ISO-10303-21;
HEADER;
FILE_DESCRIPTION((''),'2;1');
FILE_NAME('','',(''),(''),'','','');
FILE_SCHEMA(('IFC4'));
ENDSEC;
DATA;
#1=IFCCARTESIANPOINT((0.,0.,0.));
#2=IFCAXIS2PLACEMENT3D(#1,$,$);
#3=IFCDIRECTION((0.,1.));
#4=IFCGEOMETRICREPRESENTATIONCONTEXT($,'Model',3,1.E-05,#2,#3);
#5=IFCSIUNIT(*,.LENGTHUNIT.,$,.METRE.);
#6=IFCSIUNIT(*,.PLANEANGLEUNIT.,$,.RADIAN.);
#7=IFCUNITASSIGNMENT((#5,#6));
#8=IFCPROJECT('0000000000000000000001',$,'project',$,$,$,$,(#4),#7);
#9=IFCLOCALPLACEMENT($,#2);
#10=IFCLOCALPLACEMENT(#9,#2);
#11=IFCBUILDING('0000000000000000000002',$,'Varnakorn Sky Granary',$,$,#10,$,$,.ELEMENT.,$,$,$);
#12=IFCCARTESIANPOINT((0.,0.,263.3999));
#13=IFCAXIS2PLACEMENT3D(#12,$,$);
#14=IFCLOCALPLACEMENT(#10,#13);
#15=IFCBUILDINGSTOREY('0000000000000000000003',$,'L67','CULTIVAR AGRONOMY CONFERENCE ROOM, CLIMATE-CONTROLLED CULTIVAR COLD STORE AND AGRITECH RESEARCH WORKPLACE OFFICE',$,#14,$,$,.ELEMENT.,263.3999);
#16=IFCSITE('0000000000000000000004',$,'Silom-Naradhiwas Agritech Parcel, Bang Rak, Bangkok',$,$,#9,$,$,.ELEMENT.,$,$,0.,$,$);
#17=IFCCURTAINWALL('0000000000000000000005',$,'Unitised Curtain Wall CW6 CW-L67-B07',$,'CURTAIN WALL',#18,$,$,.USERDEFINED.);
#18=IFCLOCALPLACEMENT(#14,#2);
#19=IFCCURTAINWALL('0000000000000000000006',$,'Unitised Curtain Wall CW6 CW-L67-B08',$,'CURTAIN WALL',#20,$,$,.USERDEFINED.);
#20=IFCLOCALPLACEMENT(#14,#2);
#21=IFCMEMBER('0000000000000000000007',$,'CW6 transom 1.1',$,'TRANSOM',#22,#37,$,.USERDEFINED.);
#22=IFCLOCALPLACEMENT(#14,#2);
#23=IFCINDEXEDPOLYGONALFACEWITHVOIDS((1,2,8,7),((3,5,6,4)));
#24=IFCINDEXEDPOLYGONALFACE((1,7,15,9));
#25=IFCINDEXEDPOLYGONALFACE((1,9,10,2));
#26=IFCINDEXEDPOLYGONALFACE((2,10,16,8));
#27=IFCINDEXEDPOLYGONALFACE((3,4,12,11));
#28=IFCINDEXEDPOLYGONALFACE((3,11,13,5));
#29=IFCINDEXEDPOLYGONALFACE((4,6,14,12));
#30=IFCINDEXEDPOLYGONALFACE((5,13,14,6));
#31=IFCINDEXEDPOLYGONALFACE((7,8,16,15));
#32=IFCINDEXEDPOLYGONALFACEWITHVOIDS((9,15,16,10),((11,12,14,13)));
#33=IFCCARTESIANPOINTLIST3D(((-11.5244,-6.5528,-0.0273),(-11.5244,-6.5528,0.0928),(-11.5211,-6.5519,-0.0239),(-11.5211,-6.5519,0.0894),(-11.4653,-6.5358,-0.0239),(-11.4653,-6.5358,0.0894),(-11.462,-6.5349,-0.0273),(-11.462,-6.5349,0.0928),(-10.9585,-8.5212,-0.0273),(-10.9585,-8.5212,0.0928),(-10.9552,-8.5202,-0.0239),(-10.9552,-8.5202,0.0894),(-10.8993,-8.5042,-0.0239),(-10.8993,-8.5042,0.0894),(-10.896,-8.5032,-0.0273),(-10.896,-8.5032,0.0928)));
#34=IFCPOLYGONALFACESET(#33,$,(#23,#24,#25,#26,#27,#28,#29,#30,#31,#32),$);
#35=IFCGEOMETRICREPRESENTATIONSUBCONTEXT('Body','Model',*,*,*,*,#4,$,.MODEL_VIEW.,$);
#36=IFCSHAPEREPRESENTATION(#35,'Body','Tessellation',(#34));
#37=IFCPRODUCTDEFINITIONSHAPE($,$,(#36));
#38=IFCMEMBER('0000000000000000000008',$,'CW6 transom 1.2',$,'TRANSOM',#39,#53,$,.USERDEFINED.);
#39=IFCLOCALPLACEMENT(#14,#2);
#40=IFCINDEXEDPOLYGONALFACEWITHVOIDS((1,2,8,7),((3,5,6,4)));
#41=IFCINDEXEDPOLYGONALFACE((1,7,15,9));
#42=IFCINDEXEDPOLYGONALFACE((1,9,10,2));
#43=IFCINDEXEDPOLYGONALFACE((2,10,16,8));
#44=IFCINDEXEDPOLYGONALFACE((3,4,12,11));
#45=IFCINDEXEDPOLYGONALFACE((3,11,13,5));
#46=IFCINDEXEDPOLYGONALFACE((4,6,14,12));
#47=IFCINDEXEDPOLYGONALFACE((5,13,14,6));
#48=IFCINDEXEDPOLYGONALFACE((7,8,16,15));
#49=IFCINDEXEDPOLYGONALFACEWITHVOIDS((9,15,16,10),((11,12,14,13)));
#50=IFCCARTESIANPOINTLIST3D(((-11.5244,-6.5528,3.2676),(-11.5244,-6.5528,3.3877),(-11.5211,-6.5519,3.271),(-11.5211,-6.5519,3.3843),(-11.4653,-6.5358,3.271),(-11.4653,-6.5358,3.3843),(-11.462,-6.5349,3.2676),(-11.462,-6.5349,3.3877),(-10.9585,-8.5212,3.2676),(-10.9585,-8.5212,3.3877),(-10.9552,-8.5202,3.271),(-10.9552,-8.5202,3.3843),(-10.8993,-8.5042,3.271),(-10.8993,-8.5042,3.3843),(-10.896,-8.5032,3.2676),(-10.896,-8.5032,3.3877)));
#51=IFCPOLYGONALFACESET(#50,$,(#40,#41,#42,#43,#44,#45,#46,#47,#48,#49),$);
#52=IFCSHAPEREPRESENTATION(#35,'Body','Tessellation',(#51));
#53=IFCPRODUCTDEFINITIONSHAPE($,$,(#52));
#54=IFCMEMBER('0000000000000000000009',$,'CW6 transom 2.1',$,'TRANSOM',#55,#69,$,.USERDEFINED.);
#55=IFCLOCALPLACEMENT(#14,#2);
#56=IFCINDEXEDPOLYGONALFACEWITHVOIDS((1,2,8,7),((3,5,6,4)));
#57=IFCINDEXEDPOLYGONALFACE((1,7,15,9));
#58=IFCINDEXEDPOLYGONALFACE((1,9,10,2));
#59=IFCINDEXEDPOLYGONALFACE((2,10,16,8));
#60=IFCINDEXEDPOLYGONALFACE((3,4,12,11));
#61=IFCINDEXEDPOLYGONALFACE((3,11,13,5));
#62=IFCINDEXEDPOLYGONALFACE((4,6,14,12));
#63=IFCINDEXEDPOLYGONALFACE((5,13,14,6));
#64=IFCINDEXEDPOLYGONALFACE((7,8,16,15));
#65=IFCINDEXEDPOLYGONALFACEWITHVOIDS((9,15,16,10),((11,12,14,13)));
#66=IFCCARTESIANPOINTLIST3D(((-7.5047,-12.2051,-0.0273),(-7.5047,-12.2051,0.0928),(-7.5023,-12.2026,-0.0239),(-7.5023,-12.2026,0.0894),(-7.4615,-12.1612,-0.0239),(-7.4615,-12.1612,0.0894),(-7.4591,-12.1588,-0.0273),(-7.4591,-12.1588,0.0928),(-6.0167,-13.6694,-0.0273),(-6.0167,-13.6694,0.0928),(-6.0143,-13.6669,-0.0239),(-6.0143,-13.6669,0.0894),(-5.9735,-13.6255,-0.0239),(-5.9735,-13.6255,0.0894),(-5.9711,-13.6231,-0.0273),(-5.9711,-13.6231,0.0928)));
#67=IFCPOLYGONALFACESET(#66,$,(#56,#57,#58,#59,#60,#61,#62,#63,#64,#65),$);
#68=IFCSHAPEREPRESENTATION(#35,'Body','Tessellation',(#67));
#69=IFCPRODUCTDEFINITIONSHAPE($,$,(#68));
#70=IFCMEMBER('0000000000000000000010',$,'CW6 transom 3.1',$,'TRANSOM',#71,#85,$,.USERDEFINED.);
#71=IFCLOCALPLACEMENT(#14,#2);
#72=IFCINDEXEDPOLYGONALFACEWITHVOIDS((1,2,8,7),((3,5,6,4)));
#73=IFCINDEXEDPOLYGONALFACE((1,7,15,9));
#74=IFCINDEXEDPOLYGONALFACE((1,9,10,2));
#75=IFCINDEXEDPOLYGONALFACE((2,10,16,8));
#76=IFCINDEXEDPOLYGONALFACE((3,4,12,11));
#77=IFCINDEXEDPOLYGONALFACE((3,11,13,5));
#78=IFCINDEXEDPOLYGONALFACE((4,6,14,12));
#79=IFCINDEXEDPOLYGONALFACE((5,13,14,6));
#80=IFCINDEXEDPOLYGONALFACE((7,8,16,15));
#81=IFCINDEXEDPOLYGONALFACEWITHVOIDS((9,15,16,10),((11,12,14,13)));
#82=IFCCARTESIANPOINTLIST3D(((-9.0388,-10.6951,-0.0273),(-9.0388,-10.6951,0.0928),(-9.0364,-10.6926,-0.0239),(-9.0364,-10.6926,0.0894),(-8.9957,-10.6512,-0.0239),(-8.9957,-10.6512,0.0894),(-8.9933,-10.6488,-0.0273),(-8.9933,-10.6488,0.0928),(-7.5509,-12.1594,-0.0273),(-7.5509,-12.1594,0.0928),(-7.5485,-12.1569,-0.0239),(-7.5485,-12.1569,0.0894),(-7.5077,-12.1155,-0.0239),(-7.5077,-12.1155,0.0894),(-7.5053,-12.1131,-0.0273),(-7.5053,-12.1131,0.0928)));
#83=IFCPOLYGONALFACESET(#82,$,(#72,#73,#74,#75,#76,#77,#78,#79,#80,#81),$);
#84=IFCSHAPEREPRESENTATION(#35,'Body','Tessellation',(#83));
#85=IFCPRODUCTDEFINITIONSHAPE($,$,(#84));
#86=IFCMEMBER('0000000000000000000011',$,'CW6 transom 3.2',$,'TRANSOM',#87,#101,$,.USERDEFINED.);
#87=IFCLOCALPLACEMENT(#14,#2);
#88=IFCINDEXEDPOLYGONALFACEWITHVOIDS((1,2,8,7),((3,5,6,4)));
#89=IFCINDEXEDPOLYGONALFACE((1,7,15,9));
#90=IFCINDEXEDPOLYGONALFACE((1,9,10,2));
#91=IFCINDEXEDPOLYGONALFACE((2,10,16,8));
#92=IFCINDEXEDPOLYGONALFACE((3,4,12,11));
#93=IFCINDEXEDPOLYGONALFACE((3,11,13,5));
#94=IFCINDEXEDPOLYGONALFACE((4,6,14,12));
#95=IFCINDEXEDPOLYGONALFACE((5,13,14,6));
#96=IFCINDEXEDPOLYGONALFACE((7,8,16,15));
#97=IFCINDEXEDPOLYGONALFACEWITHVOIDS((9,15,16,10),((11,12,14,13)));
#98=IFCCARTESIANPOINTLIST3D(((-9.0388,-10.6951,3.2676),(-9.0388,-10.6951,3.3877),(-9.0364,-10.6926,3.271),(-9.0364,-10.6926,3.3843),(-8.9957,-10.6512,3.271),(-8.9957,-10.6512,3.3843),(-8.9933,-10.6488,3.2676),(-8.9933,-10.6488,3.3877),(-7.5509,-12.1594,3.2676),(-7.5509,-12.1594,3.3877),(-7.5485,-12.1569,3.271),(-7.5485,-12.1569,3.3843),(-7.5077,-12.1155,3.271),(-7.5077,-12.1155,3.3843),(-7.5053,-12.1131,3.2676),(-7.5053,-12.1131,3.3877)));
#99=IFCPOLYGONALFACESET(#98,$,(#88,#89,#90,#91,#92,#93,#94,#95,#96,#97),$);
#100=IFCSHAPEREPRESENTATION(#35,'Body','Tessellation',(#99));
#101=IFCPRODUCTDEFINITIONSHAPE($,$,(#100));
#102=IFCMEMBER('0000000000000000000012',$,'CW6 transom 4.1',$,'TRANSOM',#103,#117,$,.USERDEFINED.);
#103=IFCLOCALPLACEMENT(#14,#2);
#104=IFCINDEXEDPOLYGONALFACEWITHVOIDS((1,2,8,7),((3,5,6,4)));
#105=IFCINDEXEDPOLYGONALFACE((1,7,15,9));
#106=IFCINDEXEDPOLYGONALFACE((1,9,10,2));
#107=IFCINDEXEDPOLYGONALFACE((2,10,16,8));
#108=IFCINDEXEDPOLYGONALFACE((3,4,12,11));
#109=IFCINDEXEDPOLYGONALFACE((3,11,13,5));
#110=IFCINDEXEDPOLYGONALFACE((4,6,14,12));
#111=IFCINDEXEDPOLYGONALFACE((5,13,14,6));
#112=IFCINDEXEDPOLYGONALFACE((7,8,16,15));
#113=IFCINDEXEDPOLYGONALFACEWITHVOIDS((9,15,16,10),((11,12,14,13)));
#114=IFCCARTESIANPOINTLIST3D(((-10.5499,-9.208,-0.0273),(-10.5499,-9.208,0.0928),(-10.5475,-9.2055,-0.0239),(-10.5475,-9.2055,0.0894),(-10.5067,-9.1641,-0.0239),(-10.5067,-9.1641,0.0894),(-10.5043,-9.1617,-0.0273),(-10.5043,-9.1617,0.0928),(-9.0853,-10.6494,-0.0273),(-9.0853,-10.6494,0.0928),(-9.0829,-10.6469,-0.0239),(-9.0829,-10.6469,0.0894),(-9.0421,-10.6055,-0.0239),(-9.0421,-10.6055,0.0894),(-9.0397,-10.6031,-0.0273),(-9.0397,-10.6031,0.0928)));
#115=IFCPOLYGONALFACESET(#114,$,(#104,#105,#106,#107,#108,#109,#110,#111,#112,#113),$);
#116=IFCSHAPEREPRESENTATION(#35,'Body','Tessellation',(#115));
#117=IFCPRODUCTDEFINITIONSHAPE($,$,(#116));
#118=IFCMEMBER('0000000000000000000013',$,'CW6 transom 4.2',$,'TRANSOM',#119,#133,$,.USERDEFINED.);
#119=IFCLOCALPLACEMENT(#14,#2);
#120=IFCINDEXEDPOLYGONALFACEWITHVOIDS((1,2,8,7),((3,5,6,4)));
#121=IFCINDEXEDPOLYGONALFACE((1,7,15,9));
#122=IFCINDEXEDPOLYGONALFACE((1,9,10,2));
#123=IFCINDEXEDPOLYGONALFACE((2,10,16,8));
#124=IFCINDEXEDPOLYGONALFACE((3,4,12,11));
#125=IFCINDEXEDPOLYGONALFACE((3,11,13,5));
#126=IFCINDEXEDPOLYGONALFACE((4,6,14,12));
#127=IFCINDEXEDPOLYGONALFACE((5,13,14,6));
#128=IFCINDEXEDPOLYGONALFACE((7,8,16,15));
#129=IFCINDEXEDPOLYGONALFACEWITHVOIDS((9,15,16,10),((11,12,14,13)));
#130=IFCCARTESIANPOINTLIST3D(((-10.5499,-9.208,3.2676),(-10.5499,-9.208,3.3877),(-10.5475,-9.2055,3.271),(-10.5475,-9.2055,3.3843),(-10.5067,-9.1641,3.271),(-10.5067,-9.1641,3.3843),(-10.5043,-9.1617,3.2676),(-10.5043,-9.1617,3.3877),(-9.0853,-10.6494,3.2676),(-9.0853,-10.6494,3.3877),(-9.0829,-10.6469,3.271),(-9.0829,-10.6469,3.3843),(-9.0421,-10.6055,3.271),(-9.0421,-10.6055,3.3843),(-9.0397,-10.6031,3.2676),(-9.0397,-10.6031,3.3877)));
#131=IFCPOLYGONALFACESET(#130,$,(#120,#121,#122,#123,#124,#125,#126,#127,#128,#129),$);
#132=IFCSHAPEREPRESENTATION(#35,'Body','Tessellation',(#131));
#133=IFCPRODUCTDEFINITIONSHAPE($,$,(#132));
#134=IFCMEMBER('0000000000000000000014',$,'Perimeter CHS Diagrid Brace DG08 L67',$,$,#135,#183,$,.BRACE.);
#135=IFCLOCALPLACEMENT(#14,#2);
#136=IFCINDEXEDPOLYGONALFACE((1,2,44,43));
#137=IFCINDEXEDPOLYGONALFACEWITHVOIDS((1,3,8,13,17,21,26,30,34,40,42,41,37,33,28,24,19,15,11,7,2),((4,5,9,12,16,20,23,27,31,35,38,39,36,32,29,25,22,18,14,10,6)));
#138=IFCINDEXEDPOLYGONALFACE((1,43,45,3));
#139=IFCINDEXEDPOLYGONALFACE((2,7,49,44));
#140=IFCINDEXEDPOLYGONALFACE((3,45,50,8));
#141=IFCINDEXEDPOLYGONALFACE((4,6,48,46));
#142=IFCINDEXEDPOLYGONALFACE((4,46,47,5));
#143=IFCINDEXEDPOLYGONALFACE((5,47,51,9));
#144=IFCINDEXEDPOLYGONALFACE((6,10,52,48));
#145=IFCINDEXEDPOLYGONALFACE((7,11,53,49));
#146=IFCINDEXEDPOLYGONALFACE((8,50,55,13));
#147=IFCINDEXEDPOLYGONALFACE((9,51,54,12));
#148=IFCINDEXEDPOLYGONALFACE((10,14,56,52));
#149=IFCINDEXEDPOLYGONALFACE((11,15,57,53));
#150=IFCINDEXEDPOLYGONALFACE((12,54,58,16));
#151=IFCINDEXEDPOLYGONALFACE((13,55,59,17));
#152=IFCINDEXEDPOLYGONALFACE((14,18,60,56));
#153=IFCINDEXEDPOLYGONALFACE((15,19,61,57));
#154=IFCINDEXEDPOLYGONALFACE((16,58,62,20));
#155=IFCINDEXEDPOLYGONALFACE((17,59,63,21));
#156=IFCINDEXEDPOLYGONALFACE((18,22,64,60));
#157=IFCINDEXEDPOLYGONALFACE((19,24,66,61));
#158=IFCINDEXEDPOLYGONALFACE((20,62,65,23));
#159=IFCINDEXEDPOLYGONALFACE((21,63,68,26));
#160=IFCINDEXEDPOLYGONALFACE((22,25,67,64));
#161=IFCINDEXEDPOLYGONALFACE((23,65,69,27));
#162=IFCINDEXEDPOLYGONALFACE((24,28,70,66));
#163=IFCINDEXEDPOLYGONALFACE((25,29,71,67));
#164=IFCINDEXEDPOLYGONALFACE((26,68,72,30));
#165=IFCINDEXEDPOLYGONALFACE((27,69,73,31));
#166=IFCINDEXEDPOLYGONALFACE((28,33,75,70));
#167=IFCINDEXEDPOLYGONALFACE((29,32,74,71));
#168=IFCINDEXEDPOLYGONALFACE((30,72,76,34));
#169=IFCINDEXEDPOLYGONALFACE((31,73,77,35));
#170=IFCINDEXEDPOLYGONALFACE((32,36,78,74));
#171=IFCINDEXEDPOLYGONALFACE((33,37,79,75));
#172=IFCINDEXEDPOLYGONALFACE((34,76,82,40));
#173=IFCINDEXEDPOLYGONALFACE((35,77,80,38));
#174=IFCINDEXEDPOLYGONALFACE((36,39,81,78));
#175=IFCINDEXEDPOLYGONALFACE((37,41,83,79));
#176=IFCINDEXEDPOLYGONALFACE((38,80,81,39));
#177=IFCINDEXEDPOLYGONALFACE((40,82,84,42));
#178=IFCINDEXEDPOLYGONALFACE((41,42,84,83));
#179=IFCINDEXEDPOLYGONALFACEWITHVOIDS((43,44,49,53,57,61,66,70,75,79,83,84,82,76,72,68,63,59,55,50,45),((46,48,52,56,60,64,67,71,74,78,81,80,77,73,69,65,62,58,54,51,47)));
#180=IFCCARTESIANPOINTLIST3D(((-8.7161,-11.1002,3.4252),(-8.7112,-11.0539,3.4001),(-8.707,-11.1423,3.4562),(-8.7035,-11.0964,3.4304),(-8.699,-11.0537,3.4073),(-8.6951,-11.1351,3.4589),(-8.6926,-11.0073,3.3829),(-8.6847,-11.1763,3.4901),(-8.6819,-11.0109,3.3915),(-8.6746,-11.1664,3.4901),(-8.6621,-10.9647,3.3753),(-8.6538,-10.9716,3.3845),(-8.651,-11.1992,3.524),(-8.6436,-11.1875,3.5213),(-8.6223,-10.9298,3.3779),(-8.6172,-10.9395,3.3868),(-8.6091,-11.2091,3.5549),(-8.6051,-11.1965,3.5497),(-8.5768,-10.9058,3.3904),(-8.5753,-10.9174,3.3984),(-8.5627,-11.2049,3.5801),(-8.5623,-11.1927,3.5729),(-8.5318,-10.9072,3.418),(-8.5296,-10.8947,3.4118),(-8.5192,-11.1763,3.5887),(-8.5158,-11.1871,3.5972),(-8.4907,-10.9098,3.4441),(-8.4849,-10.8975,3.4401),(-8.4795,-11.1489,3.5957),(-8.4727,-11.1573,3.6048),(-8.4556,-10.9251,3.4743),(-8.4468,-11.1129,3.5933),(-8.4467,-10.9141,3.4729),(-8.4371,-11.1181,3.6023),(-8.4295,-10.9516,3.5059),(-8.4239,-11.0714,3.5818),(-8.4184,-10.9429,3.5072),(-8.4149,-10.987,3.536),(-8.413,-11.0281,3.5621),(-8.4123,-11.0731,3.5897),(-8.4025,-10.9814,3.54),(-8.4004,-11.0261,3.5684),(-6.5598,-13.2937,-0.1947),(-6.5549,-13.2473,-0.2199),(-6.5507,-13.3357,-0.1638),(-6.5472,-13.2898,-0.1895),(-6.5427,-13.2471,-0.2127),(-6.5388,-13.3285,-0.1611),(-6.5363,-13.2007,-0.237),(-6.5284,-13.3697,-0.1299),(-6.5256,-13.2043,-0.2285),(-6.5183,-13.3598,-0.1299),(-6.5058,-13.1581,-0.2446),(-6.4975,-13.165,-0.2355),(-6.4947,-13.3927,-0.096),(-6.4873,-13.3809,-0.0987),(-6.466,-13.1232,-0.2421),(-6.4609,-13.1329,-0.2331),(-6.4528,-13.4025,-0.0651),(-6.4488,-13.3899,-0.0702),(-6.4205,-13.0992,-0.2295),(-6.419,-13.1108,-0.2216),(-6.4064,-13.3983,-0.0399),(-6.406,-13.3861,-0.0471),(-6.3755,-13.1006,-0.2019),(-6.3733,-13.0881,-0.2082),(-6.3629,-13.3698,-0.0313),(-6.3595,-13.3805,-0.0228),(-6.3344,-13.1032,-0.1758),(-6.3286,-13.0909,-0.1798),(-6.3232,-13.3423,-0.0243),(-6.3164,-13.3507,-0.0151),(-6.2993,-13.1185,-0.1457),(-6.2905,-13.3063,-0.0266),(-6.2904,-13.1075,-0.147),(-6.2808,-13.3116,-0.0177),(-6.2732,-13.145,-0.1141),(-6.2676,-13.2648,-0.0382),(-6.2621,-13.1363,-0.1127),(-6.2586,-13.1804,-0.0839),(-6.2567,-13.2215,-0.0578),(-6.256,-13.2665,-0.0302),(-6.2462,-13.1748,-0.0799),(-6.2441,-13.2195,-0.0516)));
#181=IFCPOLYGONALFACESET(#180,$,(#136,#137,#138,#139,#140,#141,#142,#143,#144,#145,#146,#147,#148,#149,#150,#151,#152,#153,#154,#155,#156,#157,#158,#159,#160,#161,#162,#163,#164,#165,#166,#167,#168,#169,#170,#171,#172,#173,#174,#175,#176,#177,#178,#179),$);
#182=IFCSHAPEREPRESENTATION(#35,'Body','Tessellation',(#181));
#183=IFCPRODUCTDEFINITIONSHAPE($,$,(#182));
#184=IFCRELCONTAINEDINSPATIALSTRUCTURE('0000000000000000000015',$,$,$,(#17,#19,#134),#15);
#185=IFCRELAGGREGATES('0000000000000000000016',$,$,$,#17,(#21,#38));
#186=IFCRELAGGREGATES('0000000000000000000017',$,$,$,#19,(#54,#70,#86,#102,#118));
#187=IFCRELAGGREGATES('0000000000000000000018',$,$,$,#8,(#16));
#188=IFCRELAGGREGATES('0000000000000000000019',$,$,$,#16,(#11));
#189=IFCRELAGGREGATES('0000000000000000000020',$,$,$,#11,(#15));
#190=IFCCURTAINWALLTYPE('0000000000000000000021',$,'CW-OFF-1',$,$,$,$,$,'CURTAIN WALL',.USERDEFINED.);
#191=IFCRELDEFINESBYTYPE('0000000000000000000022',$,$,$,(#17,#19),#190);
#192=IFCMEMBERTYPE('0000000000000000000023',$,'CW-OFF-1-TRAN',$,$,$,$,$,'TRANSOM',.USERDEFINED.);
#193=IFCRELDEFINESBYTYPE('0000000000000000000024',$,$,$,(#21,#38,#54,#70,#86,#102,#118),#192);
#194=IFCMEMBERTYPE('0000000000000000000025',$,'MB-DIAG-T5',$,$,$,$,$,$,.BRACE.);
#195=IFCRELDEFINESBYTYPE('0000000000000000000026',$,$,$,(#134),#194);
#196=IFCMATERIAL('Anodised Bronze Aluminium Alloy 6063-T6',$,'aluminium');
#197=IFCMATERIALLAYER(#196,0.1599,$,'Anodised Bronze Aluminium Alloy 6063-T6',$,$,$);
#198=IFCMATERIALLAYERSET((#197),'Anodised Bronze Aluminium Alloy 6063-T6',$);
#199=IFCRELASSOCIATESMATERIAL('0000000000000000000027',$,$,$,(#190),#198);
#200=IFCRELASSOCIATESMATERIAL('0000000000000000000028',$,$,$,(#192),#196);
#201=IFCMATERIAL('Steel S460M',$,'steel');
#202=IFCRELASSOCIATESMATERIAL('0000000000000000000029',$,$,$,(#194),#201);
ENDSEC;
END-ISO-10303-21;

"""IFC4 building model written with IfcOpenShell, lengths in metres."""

from ifc_helpers import new_model, si_unit, direction, frame, origin, origin_2d, place, context, subcontext, project, spatial, hollow_rectangle, hollow_circle, extrude, material, layer, layer_set, material_profile, profile_set, type_object, element, aggregate, save


model = new_model("IFC4")

# Units and contexts
model_context = context("Model", 3, precision=1e-05, world=origin(), true_north=direction((0.0, 1.0)))
body_context = subcontext(model_context, "Body", "Model", "MODEL_VIEW")
ifc_project = project(units=[si_unit("LENGTHUNIT", "METRE"), si_unit("PLANEANGLEUNIT", "RADIAN")], contexts=[model_context])

# Site, building, storey
site_placement = place(None, origin())
site = spatial("IfcSite", under=ifc_project, at=site_placement, Name="Silom-Naradhiwas Agritech Parcel, Bang Rak, Bangkok", CompositionType="ELEMENT", RefElevation=0.0)
building_placement = place(site_placement, origin())
building = spatial("IfcBuilding", under=site, at=building_placement, Name="Varnakorn Sky Granary", CompositionType="ELEMENT")
storey_placement = place(building_placement, frame((0.0, 0.0, 263.3999)))
storey = spatial("IfcBuildingStorey", under=building, at=storey_placement, Name="L67", Description="CULTIVAR AGRONOMY CONFERENCE ROOM, CLIMATE-CONTROLLED CULTIVAR COLD STORE AND AGRITECH RESEARCH WORKPLACE OFFICE", CompositionType="ELEMENT", Elevation=263.3999)

# Shared definitions
ifc_material_1 = material(Name="Steel S460M", Category="steel")

# Curtain wall
ifc_material_2 = material(Name="Anodised Bronze Aluminium Alloy 6063-T6", Category="aluminium")
ifc_layer_1 = layer(ifc_material_2, 0.1599, Name="Anodised Bronze Aluminium Alloy 6063-T6")
ifc_layer_set_1 = layer_set([ifc_layer_1], Name="Anodised Bronze Aluminium Alloy 6063-T6")
curtain_wall_type = type_object("IfcCurtainWallType", Name="CW-OFF-1", ElementType="CURTAIN WALL", PredefinedType="USERDEFINED", material=ifc_layer_set_1)
curtain_wall_1_placement = place(storey_placement, origin())
curtain_wall_1 = element("IfcCurtainWall", 1, at=curtain_wall_1_placement, inside=storey, type_object=curtain_wall_type, Name="Unitised Curtain Wall CW6 CW-L67-B07", ObjectType="CURTAIN WALL", PredefinedType="USERDEFINED")

# Curtain wall
curtain_wall_2_placement = place(storey_placement, origin())
curtain_wall_2 = element("IfcCurtainWall", 2, at=curtain_wall_2_placement, inside=storey, type_object=curtain_wall_type, Name="Unitised Curtain Wall CW6 CW-L67-B08", ObjectType="CURTAIN WALL", PredefinedType="USERDEFINED")

# Members
ifc_material_profile_1 = material_profile(ifc_material_2, hollow_rectangle(XDim=0.0649, YDim=0.1201, WallThickness=0.0034, at=origin_2d()), Name="ALU TRAN 65x120")
ifc_profile_set_1 = profile_set([ifc_material_profile_1], Name="Anodised Bronze Aluminium Alloy 6063-T6")
member_type_1 = type_object("IfcMemberType", Name="CW-OFF-1-TRAN", ElementType="TRANSOM", PredefinedType="USERDEFINED", material=ifc_profile_set_1)
member_1_placement = place(storey_placement, frame((-10.9272, -8.5122, 0.0327), z_axis=(-0.276327, 0.961064, 0.0), x_axis=(-0.961064, -0.276327, 0.0)))
member_1 = element("IfcMember", 3, at=member_1_placement, type_object=member_type_1, Name="CW6 transom 1.1", ObjectType="TRANSOM", PredefinedType="USERDEFINED", context=body_context, shape_type="SweptSolid", body=[
    extrude(hollow_rectangle(XDim=0.0649, YDim=0.1201, WallThickness=0.0034, at=origin_2d()), origin(), (0.0, 0.0, 1.0), 2.0481),
])
member_2_placement = place(storey_placement, frame((-10.9272, -8.5122, 3.3276), z_axis=(-0.276327, 0.961064, 0.0), x_axis=(-0.961064, -0.276327, 0.0)))
member_2 = element("IfcMember", 4, at=member_2_placement, type_object=member_type_1, Name="CW6 transom 1.2", ObjectType="TRANSOM", PredefinedType="USERDEFINED", context=body_context, shape_type="SweptSolid", body=[
    extrude(hollow_rectangle(XDim=0.0649, YDim=0.1201, WallThickness=0.0034, at=origin_2d()), origin(), (0.0, 0.0, 1.0), 2.0481),
])
member_3_placement = place(storey_placement, frame((-5.9939, -13.6462, 0.0327), z_axis=(-0.712756, 0.701412, 0.0), x_axis=(-0.701412, -0.712756, 0.0)))
member_3 = element("IfcMember", 5, at=member_3_placement, type_object=member_type_1, Name="CW6 transom 2.1", ObjectType="TRANSOM", PredefinedType="USERDEFINED", context=body_context, shape_type="SweptSolid", body=[
    extrude(hollow_rectangle(XDim=0.0649, YDim=0.1201, WallThickness=0.0034, at=origin_2d()), origin(), (0.0, 0.0, 1.0), 2.0876),
])
member_4_placement = place(storey_placement, frame((-7.5281, -12.1362, 0.0327), z_axis=(-0.712756, 0.701412, 0.0), x_axis=(-0.701412, -0.712756, 0.0)))
member_4 = element("IfcMember", 6, at=member_4_placement, type_object=member_type_1, Name="CW6 transom 3.1", ObjectType="TRANSOM", PredefinedType="USERDEFINED", context=body_context, shape_type="SweptSolid", body=[
    extrude(hollow_rectangle(XDim=0.0649, YDim=0.1201, WallThickness=0.0034, at=origin_2d()), origin(), (0.0, 0.0, 1.0), 2.0876),
])
member_5_placement = place(storey_placement, frame((-7.5281, -12.1362, 3.3276), z_axis=(-0.712756, 0.701412, 0.0), x_axis=(-0.701412, -0.712756, 0.0)))
member_5 = element("IfcMember", 7, at=member_5_placement, type_object=member_type_1, Name="CW6 transom 3.2", ObjectType="TRANSOM", PredefinedType="USERDEFINED", context=body_context, shape_type="SweptSolid", body=[
    extrude(hollow_rectangle(XDim=0.0649, YDim=0.1201, WallThickness=0.0034, at=origin_2d()), origin(), (0.0, 0.0, 1.0), 2.0876),
])
member_6_placement = place(storey_placement, frame((-9.0625, -10.6262, 0.0327), z_axis=(-0.712728, 0.701441, 0.0), x_axis=(-0.701441, -0.712728, 0.0)))
member_6 = element("IfcMember", 8, at=member_6_placement, type_object=member_type_1, Name="CW6 transom 4.1", ObjectType="TRANSOM", PredefinedType="USERDEFINED", context=body_context, shape_type="SweptSolid", body=[
    extrude(hollow_rectangle(XDim=0.0649, YDim=0.1201, WallThickness=0.0034, at=origin_2d()), origin(), (0.0, 0.0, 1.0), 2.0549),
])
member_7_placement = place(storey_placement, frame((-9.0625, -10.6262, 3.3276), z_axis=(-0.712728, 0.701441, 0.0), x_axis=(-0.701441, -0.712728, 0.0)))
member_7 = element("IfcMember", 9, at=member_7_placement, type_object=member_type_1, Name="CW6 transom 4.2", ObjectType="TRANSOM", PredefinedType="USERDEFINED", context=body_context, shape_type="SweptSolid", body=[
    extrude(hollow_rectangle(XDim=0.0649, YDim=0.1201, WallThickness=0.0034, at=origin_2d()), origin(), (0.0, 0.0, 1.0), 2.0549),
])
ifc_material_profile_2 = material_profile(ifc_material_1, hollow_circle(Radius=0.1777, WallThickness=0.0142, at=origin_2d()), Name="CHS 355.6x14")
ifc_profile_set_2 = profile_set([ifc_material_profile_2], Name="Steel S460M")
member_type_2 = type_object("IfcMemberType", Name="MB-DIAG-T5", PredefinedType="BRACE", material=ifc_profile_set_2)
member_8_placement = place(storey_placement, frame((-6.4016, -13.2451, -0.1299), z_axis=(-0.453935, 0.461747, 0.762058), x_axis=(-0.713114, -0.701048, 0.0)))
element("IfcMember", 10, at=member_8_placement, inside=storey, type_object=member_type_2, Name="Perimeter CHS Diagrid Brace DG08 L67", PredefinedType="BRACE", context=body_context, shape_type="SweptSolid", body=[
    extrude(hollow_circle(Radius=0.1777, WallThickness=0.0142, at=origin_2d()), origin(), (0.0, 0.0, 1.0), 4.7502),
])

aggregate(curtain_wall_1, [member_1, member_2])
aggregate(curtain_wall_2, [member_3, member_4, member_5, member_6, member_7])

save(model, "model.ifc")
